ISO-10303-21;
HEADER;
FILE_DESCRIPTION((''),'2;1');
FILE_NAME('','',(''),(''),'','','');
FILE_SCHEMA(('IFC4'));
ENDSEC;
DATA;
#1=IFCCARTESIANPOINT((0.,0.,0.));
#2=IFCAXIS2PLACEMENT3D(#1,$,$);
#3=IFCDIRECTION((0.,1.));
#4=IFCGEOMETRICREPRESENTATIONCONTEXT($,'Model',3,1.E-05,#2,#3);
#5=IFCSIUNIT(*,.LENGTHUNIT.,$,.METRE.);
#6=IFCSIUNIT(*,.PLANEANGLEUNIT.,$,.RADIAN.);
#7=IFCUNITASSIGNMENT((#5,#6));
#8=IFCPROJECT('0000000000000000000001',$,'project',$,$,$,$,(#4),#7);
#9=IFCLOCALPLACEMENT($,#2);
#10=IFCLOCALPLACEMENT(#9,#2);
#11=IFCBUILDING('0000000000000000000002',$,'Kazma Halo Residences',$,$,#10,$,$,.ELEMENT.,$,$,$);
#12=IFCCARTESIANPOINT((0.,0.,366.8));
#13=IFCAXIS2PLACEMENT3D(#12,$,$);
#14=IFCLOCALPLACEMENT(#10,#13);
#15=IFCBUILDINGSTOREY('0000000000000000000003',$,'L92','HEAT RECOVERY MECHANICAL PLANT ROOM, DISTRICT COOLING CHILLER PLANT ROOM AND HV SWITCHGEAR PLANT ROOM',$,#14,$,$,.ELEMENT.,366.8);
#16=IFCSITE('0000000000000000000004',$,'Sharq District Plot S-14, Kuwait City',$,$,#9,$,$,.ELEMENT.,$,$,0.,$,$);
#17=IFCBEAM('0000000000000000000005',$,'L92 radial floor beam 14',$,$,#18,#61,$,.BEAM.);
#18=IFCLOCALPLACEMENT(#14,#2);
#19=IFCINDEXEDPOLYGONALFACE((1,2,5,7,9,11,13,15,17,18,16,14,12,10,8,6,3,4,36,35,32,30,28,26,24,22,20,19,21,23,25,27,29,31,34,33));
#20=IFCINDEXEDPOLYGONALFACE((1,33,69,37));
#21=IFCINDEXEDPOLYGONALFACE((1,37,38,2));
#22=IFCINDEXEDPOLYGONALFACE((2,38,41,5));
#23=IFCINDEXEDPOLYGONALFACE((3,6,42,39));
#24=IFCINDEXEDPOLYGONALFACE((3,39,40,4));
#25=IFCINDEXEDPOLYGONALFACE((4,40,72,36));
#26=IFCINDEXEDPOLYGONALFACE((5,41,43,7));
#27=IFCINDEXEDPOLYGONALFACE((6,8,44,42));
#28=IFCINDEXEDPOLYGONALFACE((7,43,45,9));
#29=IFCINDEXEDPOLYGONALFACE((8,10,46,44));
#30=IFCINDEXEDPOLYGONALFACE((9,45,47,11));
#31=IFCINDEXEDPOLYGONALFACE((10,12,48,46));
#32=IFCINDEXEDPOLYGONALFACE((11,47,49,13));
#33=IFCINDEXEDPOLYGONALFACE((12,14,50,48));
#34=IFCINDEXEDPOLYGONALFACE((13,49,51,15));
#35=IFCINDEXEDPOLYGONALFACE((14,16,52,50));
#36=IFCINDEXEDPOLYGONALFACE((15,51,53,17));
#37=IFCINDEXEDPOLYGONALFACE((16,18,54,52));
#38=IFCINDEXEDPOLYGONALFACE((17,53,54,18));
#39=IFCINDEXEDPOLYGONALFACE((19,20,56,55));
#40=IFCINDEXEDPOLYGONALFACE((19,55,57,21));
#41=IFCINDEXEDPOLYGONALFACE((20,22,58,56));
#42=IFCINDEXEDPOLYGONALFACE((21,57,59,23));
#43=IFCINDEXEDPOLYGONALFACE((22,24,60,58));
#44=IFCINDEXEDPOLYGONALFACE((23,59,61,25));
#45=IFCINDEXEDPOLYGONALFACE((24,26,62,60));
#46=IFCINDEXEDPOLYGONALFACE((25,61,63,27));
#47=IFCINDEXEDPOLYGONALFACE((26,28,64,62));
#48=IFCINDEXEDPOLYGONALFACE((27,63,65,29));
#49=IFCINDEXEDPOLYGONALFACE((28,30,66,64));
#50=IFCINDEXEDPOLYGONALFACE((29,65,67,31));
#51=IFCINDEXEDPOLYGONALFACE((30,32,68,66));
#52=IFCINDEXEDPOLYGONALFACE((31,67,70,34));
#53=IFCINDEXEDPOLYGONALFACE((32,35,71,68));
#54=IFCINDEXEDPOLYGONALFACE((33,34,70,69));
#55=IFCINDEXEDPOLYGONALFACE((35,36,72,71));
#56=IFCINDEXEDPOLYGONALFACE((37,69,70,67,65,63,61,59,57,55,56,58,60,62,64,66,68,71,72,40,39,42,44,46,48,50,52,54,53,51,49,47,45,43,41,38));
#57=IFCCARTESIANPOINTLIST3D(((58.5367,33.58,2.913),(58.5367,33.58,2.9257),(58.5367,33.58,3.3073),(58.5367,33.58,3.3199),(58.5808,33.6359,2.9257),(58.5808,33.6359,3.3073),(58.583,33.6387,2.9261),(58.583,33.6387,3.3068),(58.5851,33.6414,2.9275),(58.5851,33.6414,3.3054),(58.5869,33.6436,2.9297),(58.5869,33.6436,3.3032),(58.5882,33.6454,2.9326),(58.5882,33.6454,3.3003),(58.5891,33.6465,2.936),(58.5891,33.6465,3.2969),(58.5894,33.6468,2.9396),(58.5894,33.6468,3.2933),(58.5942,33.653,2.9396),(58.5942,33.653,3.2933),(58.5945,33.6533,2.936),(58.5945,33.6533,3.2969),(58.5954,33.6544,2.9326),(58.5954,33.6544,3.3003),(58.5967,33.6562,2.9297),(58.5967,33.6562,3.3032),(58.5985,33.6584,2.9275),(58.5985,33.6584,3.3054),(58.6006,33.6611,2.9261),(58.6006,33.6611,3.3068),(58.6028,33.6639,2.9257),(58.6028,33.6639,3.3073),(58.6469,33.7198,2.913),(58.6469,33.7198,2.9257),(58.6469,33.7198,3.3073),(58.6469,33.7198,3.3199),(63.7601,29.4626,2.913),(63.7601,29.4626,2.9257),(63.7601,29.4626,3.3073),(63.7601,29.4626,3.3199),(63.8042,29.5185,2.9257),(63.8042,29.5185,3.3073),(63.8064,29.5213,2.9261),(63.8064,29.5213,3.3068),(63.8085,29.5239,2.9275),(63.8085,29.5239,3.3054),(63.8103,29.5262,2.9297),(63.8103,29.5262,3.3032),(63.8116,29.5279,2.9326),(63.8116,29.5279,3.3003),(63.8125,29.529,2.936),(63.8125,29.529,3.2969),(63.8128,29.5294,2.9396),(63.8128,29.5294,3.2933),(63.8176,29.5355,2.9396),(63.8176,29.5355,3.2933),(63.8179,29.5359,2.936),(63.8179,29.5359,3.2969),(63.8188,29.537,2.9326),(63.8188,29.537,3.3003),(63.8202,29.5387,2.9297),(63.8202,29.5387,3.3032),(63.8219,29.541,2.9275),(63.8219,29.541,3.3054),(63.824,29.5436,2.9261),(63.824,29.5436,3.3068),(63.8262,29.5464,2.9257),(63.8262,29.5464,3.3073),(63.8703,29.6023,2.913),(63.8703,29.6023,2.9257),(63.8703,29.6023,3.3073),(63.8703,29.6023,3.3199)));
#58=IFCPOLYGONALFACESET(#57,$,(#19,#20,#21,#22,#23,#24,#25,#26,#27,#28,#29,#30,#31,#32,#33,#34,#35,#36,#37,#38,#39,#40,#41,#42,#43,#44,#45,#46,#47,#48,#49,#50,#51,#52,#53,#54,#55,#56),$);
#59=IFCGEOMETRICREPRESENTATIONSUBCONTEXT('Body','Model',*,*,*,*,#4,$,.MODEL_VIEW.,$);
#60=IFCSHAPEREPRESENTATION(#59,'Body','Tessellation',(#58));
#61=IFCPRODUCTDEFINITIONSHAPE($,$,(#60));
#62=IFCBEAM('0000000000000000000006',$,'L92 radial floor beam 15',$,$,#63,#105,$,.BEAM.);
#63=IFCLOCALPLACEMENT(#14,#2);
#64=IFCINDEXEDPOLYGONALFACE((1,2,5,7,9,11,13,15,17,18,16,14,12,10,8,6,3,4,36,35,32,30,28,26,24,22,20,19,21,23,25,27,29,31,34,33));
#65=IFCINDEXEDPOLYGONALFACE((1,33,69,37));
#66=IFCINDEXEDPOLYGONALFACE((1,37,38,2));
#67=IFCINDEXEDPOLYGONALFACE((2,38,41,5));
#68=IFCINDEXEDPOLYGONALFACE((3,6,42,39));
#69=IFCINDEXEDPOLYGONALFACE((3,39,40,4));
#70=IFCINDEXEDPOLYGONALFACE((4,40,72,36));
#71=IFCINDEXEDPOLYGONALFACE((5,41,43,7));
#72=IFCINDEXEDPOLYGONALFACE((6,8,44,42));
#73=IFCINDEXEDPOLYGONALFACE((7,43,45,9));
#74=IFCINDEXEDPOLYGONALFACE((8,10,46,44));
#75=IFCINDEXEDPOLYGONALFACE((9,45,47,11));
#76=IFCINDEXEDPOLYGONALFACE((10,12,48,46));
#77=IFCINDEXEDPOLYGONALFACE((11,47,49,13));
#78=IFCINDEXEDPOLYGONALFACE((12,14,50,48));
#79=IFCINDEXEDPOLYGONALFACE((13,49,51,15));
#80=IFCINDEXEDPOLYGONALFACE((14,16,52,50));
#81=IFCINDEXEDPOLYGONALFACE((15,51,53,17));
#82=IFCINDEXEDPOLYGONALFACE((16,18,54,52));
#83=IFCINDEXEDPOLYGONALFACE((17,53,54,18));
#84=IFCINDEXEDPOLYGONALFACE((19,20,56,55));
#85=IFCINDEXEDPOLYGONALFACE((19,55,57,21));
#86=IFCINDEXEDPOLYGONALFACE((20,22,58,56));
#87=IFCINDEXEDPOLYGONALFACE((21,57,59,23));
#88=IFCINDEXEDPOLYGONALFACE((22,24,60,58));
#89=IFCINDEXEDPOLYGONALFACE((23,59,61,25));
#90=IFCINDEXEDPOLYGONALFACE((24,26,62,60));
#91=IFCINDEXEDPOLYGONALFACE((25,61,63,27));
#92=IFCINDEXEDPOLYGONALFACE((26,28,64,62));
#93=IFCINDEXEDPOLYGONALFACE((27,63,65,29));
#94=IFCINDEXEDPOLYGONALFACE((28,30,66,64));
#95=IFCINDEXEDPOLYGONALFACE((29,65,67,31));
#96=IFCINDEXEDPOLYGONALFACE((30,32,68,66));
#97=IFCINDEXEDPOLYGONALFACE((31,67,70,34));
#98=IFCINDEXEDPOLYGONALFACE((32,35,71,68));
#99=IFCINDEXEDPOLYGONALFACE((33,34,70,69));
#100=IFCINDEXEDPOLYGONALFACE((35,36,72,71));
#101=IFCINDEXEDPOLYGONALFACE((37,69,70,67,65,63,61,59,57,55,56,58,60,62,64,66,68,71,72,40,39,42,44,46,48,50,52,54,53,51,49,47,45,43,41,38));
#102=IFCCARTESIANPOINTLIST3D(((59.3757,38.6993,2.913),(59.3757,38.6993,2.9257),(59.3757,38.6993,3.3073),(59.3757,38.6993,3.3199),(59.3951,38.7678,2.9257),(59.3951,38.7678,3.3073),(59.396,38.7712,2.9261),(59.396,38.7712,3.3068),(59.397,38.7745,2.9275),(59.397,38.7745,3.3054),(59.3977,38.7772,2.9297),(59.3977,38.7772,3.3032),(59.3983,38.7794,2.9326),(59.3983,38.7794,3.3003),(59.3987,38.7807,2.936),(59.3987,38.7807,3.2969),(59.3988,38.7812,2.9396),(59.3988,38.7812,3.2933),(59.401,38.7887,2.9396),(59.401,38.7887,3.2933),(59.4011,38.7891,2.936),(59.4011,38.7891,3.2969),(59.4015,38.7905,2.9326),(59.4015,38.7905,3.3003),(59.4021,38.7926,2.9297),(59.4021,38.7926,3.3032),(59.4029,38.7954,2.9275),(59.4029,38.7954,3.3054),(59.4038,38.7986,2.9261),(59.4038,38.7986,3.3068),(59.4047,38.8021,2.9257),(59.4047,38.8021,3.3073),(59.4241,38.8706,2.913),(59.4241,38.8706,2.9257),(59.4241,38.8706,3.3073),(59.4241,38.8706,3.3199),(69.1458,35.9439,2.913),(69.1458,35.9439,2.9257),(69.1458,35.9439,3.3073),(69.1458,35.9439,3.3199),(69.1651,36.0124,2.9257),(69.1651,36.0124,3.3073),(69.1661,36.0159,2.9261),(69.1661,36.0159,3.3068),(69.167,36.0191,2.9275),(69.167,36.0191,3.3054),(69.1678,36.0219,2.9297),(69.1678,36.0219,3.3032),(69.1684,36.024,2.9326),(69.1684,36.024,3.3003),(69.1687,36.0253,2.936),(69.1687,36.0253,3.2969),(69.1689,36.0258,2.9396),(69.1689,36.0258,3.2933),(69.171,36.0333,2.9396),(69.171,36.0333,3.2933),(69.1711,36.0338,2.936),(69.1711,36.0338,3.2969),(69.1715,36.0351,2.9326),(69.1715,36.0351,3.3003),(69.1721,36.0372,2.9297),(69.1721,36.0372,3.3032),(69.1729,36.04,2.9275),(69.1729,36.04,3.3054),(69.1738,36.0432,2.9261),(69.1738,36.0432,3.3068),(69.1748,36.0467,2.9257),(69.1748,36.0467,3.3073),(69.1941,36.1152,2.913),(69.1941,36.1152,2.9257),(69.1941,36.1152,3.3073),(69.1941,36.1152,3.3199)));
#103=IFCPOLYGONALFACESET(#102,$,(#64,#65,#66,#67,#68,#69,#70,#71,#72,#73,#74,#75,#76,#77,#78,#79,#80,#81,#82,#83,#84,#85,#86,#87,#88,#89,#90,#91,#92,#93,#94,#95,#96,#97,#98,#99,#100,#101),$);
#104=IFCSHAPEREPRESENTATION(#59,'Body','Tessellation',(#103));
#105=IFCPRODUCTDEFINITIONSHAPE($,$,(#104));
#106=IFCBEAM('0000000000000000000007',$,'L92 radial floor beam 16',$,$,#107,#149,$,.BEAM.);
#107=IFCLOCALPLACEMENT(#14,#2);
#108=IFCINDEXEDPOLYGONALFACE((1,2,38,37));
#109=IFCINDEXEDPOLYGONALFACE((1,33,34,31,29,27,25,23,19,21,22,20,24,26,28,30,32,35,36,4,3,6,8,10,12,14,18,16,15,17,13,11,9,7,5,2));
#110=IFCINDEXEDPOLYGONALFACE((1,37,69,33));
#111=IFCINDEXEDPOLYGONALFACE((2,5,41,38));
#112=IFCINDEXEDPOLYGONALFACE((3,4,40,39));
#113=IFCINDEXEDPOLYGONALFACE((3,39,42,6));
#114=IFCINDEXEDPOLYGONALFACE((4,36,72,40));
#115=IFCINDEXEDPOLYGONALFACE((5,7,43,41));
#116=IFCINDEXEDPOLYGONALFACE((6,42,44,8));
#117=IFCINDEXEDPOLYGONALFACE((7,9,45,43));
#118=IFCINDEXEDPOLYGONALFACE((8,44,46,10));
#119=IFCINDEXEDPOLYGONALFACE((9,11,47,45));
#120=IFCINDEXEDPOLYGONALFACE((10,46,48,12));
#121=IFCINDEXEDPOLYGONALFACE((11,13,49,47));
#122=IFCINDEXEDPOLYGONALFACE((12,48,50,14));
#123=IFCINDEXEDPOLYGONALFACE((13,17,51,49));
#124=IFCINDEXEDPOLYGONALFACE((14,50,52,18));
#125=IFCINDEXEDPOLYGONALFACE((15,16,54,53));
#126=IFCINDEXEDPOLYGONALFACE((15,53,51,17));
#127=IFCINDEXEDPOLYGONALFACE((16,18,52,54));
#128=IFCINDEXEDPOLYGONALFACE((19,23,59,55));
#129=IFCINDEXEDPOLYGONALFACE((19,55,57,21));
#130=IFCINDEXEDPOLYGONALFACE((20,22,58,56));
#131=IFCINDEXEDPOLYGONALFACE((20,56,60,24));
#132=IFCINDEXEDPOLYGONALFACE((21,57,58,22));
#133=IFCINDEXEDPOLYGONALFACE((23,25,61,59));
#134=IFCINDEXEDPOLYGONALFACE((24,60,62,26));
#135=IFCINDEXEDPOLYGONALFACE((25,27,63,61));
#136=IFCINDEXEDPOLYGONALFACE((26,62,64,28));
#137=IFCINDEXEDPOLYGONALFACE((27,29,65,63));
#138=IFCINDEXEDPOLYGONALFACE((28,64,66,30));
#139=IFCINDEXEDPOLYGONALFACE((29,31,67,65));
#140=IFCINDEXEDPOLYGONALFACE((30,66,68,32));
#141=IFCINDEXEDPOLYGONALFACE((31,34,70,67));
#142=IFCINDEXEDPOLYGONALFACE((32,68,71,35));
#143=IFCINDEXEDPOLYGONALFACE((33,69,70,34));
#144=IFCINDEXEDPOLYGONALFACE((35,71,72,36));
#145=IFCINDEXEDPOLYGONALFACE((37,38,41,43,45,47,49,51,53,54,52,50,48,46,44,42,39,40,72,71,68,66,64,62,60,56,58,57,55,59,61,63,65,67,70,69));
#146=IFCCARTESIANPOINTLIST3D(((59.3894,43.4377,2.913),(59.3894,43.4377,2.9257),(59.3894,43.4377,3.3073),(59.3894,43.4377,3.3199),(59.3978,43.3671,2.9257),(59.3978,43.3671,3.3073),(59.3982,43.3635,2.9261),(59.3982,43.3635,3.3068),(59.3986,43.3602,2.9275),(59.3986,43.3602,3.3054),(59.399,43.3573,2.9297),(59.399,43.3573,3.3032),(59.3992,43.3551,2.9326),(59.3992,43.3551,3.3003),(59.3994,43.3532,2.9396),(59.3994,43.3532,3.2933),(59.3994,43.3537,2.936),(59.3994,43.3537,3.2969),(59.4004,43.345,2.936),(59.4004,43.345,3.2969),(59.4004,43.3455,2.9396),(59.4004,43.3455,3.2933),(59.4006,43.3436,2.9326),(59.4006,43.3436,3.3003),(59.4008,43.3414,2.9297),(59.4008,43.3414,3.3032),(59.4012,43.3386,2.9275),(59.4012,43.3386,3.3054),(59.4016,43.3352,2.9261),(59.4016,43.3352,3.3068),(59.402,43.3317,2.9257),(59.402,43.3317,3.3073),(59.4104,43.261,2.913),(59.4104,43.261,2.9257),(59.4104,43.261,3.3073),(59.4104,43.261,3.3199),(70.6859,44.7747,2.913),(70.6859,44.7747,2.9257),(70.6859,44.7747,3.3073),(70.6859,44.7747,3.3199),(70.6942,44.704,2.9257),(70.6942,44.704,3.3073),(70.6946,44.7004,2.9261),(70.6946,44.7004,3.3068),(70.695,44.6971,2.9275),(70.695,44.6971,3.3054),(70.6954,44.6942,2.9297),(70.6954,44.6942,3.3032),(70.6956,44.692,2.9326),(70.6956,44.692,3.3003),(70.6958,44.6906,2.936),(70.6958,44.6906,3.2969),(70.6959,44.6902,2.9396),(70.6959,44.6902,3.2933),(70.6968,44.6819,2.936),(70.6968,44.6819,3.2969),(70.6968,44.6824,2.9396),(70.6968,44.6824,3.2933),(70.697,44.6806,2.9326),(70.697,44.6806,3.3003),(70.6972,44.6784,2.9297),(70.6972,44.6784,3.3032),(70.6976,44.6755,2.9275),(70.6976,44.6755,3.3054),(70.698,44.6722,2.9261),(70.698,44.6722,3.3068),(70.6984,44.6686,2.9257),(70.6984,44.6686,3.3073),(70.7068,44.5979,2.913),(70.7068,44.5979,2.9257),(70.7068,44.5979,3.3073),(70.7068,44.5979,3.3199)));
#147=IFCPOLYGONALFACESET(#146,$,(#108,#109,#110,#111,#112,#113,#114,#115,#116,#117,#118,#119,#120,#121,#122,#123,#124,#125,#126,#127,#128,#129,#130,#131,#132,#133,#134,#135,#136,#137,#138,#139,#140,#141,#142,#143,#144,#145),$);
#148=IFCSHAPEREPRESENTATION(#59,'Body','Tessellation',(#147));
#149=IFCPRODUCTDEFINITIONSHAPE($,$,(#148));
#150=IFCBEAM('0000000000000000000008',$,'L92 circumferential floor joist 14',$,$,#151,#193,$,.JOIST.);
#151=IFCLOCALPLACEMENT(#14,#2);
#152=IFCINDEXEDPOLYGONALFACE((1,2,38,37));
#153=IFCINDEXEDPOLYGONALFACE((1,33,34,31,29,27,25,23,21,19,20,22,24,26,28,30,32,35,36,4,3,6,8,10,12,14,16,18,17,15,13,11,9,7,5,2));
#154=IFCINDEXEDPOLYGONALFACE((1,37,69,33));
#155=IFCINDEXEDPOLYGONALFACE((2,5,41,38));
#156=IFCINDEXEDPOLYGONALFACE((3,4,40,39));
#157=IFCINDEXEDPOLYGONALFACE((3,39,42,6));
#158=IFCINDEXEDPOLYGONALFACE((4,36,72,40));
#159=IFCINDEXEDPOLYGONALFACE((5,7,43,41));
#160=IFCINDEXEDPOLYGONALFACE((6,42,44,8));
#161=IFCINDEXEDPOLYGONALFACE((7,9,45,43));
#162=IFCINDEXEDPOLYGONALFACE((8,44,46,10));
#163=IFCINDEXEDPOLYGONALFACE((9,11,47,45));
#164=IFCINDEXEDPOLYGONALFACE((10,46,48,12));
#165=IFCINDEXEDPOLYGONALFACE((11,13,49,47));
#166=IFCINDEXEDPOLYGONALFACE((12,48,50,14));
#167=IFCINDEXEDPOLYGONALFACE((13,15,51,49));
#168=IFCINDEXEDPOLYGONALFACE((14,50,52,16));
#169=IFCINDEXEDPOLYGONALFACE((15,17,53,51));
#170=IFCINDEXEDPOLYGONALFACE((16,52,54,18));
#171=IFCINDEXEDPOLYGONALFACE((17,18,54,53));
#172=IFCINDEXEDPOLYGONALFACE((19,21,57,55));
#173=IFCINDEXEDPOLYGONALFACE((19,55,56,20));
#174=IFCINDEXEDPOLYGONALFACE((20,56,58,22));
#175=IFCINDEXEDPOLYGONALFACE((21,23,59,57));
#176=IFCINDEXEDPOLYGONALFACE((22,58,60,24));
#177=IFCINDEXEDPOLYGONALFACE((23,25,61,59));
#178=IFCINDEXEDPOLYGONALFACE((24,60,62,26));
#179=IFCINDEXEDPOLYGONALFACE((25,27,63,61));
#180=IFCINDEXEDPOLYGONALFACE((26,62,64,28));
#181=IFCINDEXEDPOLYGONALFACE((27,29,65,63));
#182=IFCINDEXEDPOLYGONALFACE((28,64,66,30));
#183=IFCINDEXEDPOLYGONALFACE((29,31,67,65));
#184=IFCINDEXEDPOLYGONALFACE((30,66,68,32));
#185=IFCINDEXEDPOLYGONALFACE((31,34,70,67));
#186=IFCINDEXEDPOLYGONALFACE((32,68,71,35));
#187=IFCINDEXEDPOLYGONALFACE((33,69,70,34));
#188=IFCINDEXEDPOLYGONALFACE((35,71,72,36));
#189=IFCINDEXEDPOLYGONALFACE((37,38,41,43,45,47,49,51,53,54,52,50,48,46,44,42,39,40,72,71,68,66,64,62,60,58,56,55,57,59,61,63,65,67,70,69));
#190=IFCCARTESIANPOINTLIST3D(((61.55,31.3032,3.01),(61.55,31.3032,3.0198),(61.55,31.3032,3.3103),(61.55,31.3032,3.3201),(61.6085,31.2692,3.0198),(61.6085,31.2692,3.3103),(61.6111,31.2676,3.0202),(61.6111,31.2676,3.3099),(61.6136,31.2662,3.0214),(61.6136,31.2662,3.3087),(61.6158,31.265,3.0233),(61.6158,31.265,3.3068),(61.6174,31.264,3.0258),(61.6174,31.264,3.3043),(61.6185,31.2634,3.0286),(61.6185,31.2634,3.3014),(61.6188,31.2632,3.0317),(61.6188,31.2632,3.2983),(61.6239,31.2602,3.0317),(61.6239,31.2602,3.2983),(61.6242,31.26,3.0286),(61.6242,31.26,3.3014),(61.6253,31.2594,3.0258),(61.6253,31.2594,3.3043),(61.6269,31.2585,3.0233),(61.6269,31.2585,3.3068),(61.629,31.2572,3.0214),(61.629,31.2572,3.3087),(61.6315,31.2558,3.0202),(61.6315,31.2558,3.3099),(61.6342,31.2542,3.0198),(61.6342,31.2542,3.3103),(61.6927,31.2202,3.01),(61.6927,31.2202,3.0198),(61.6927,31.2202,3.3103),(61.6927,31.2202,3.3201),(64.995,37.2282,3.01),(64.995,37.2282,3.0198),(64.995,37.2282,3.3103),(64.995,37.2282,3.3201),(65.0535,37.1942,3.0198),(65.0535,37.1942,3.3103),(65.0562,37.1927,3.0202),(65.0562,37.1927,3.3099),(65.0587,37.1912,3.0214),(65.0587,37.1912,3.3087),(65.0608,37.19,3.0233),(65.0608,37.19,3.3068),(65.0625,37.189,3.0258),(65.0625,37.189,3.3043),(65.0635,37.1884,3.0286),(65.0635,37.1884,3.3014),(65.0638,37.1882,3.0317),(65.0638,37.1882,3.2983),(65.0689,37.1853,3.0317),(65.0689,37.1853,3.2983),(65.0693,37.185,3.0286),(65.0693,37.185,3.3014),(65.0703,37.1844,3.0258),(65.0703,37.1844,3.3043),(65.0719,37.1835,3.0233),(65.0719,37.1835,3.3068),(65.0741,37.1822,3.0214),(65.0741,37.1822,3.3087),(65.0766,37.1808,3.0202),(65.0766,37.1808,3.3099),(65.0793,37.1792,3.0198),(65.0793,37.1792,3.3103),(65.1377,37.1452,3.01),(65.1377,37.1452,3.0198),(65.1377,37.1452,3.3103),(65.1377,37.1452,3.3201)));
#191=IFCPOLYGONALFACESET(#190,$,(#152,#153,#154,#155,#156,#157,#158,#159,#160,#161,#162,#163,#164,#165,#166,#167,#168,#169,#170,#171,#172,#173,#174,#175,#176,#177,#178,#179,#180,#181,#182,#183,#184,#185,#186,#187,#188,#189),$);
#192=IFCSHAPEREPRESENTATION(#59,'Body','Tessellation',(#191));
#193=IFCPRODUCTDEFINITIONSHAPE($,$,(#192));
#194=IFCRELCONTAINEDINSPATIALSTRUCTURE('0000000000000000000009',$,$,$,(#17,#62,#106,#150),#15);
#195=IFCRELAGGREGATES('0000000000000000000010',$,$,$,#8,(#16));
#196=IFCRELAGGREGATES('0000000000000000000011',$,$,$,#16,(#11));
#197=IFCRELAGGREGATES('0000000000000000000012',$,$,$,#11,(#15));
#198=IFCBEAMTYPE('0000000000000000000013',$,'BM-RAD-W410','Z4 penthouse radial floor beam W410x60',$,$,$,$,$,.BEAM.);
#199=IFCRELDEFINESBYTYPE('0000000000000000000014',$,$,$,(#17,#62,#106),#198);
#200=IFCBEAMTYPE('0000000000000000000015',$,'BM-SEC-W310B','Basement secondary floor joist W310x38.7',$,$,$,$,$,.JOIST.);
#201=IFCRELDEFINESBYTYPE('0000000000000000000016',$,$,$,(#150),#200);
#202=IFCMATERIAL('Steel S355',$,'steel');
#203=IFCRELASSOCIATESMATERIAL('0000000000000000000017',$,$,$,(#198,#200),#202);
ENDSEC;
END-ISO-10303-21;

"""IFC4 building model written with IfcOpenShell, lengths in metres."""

from ifc_helpers import new_model, si_unit, direction, frame, origin, origin_2d, place, context, subcontext, project, spatial, i_section, extrude, material, material_profile, profile_set, type_object, element, save


model = new_model("IFC4")

# Units and contexts
model_context = context("Model", 3, precision=1e-05, world=origin(), true_north=direction((0.0, 1.0)))
body_context = subcontext(model_context, "Body", "Model", "MODEL_VIEW")
ifc_project = project(units=[si_unit("LENGTHUNIT", "METRE"), si_unit("PLANEANGLEUNIT", "RADIAN")], contexts=[model_context])

# Site, building, storey
site_placement = place(None, origin())
site = spatial("IfcSite", under=ifc_project, at=site_placement, Name="Sharq District Plot S-14, Kuwait City", CompositionType="ELEMENT", RefElevation=0.0)
building_placement = place(site_placement, origin())
building = spatial("IfcBuilding", under=site, at=building_placement, Name="Kazma Halo Residences", CompositionType="ELEMENT")
storey_placement = place(building_placement, frame((0.0, 0.0, 366.8)))
storey = spatial("IfcBuildingStorey", under=building, at=storey_placement, Name="L92", Description="HEAT RECOVERY MECHANICAL PLANT ROOM, DISTRICT COOLING CHILLER PLANT ROOM AND HV SWITCHGEAR PLANT ROOM", CompositionType="ELEMENT", Elevation=366.8)

# Shared definitions
ifc_material_1 = material(Name="Steel S355", Category="steel")

# Beams
ifc_material_profile_1 = material_profile(ifc_material_1, i_section(OverallWidth=0.178, OverallDepth=0.407, WebThickness=0.0078, FlangeThickness=0.0127, FilletRadius=0.0139, at=origin_2d()), Name="W410x60")
ifc_profile_set_1 = profile_set([ifc_material_profile_1], Name="Steel S355")
beam_type_1 = type_object("IfcBeamType", Name="BM-RAD-W410", Description="Z4 penthouse radial floor beam W410x60", PredefinedType="BEAM", material=ifc_profile_set_1)
beam_1_placement = place(storey_placement, frame((58.5918, 33.6499, 3.1165), z_axis=(0.785343, -0.619061, 0.0), x_axis=(0.619061, 0.785343, 0.0)))
element("IfcBeam", 1, at=beam_1_placement, inside=storey, type_object=beam_type_1, Name="L92 radial floor beam 14", PredefinedType="BEAM", context=body_context, shape_type="SweptSolid", body=[
    extrude(i_section(OverallWidth=0.178, OverallDepth=0.407, WebThickness=0.0078, FlangeThickness=0.0127, FilletRadius=0.0139, at=origin_2d()), origin(), (0.0, 0.0, 1.0), 6.6511),
])
beam_2_placement = place(storey_placement, frame((59.3999, 38.7849, 3.1165), z_axis=(0.962457, -0.271435, 0.0), x_axis=(0.271435, 0.962457, 0.0)))
element("IfcBeam", 2, at=beam_2_placement, inside=storey, type_object=beam_type_1, Name="L92 radial floor beam 15", PredefinedType="BEAM", context=body_context, shape_type="SweptSolid", body=[
    extrude(i_section(OverallWidth=0.178, OverallDepth=0.407, WebThickness=0.0078, FlangeThickness=0.0127, FilletRadius=0.0139, at=origin_2d()), origin(), (0.0, 0.0, 1.0), 10.1511),
])
beam_3_placement = place(storey_placement, frame((59.3999, 43.3494, 3.1165), z_axis=(0.993069, 0.117529, 0.0), x_axis=(-0.117529, 0.993069, 0.0)))
element("IfcBeam", 3, at=beam_3_placement, inside=storey, type_object=beam_type_1, Name="L92 radial floor beam 16", PredefinedType="BEAM", context=body_context, shape_type="SweptSolid", body=[
    extrude(i_section(OverallWidth=0.178, OverallDepth=0.407, WebThickness=0.0078, FlangeThickness=0.0127, FilletRadius=0.0139, at=origin_2d()), origin(), (0.0, 0.0, 1.0), 11.3752),
])
ifc_material_profile_2 = material_profile(ifc_material_1, i_section(OverallWidth=0.165, OverallDepth=0.3101, WebThickness=0.0059, FlangeThickness=0.0098, FilletRadius=0.012, at=origin_2d()), Name="W310x38.7")
ifc_profile_set_2 = profile_set([ifc_material_profile_2], Name="Steel S355")
beam_type_2 = type_object("IfcBeamType", Name="BM-SEC-W310B", Description="Basement secondary floor joist W310x38.7", PredefinedType="JOIST", material=ifc_profile_set_2)
beam_4_placement = place(storey_placement, frame((61.6213, 31.2617, 3.165), z_axis=(0.50265, 0.86449, 0.0), x_axis=(-0.86449, 0.50265, 0.0)))
element("IfcBeam", 4, at=beam_4_placement, inside=storey, type_object=beam_type_2, Name="L92 circumferential floor joist 14", PredefinedType="JOIST", context=body_context, shape_type="SweptSolid", body=[
    extrude(i_section(OverallWidth=0.165, OverallDepth=0.3101, WebThickness=0.0059, FlangeThickness=0.0098, FilletRadius=0.012, at=origin_2d()), origin(), (0.0, 0.0, 1.0), 6.8538),
])

save(model, "model.ifc")
